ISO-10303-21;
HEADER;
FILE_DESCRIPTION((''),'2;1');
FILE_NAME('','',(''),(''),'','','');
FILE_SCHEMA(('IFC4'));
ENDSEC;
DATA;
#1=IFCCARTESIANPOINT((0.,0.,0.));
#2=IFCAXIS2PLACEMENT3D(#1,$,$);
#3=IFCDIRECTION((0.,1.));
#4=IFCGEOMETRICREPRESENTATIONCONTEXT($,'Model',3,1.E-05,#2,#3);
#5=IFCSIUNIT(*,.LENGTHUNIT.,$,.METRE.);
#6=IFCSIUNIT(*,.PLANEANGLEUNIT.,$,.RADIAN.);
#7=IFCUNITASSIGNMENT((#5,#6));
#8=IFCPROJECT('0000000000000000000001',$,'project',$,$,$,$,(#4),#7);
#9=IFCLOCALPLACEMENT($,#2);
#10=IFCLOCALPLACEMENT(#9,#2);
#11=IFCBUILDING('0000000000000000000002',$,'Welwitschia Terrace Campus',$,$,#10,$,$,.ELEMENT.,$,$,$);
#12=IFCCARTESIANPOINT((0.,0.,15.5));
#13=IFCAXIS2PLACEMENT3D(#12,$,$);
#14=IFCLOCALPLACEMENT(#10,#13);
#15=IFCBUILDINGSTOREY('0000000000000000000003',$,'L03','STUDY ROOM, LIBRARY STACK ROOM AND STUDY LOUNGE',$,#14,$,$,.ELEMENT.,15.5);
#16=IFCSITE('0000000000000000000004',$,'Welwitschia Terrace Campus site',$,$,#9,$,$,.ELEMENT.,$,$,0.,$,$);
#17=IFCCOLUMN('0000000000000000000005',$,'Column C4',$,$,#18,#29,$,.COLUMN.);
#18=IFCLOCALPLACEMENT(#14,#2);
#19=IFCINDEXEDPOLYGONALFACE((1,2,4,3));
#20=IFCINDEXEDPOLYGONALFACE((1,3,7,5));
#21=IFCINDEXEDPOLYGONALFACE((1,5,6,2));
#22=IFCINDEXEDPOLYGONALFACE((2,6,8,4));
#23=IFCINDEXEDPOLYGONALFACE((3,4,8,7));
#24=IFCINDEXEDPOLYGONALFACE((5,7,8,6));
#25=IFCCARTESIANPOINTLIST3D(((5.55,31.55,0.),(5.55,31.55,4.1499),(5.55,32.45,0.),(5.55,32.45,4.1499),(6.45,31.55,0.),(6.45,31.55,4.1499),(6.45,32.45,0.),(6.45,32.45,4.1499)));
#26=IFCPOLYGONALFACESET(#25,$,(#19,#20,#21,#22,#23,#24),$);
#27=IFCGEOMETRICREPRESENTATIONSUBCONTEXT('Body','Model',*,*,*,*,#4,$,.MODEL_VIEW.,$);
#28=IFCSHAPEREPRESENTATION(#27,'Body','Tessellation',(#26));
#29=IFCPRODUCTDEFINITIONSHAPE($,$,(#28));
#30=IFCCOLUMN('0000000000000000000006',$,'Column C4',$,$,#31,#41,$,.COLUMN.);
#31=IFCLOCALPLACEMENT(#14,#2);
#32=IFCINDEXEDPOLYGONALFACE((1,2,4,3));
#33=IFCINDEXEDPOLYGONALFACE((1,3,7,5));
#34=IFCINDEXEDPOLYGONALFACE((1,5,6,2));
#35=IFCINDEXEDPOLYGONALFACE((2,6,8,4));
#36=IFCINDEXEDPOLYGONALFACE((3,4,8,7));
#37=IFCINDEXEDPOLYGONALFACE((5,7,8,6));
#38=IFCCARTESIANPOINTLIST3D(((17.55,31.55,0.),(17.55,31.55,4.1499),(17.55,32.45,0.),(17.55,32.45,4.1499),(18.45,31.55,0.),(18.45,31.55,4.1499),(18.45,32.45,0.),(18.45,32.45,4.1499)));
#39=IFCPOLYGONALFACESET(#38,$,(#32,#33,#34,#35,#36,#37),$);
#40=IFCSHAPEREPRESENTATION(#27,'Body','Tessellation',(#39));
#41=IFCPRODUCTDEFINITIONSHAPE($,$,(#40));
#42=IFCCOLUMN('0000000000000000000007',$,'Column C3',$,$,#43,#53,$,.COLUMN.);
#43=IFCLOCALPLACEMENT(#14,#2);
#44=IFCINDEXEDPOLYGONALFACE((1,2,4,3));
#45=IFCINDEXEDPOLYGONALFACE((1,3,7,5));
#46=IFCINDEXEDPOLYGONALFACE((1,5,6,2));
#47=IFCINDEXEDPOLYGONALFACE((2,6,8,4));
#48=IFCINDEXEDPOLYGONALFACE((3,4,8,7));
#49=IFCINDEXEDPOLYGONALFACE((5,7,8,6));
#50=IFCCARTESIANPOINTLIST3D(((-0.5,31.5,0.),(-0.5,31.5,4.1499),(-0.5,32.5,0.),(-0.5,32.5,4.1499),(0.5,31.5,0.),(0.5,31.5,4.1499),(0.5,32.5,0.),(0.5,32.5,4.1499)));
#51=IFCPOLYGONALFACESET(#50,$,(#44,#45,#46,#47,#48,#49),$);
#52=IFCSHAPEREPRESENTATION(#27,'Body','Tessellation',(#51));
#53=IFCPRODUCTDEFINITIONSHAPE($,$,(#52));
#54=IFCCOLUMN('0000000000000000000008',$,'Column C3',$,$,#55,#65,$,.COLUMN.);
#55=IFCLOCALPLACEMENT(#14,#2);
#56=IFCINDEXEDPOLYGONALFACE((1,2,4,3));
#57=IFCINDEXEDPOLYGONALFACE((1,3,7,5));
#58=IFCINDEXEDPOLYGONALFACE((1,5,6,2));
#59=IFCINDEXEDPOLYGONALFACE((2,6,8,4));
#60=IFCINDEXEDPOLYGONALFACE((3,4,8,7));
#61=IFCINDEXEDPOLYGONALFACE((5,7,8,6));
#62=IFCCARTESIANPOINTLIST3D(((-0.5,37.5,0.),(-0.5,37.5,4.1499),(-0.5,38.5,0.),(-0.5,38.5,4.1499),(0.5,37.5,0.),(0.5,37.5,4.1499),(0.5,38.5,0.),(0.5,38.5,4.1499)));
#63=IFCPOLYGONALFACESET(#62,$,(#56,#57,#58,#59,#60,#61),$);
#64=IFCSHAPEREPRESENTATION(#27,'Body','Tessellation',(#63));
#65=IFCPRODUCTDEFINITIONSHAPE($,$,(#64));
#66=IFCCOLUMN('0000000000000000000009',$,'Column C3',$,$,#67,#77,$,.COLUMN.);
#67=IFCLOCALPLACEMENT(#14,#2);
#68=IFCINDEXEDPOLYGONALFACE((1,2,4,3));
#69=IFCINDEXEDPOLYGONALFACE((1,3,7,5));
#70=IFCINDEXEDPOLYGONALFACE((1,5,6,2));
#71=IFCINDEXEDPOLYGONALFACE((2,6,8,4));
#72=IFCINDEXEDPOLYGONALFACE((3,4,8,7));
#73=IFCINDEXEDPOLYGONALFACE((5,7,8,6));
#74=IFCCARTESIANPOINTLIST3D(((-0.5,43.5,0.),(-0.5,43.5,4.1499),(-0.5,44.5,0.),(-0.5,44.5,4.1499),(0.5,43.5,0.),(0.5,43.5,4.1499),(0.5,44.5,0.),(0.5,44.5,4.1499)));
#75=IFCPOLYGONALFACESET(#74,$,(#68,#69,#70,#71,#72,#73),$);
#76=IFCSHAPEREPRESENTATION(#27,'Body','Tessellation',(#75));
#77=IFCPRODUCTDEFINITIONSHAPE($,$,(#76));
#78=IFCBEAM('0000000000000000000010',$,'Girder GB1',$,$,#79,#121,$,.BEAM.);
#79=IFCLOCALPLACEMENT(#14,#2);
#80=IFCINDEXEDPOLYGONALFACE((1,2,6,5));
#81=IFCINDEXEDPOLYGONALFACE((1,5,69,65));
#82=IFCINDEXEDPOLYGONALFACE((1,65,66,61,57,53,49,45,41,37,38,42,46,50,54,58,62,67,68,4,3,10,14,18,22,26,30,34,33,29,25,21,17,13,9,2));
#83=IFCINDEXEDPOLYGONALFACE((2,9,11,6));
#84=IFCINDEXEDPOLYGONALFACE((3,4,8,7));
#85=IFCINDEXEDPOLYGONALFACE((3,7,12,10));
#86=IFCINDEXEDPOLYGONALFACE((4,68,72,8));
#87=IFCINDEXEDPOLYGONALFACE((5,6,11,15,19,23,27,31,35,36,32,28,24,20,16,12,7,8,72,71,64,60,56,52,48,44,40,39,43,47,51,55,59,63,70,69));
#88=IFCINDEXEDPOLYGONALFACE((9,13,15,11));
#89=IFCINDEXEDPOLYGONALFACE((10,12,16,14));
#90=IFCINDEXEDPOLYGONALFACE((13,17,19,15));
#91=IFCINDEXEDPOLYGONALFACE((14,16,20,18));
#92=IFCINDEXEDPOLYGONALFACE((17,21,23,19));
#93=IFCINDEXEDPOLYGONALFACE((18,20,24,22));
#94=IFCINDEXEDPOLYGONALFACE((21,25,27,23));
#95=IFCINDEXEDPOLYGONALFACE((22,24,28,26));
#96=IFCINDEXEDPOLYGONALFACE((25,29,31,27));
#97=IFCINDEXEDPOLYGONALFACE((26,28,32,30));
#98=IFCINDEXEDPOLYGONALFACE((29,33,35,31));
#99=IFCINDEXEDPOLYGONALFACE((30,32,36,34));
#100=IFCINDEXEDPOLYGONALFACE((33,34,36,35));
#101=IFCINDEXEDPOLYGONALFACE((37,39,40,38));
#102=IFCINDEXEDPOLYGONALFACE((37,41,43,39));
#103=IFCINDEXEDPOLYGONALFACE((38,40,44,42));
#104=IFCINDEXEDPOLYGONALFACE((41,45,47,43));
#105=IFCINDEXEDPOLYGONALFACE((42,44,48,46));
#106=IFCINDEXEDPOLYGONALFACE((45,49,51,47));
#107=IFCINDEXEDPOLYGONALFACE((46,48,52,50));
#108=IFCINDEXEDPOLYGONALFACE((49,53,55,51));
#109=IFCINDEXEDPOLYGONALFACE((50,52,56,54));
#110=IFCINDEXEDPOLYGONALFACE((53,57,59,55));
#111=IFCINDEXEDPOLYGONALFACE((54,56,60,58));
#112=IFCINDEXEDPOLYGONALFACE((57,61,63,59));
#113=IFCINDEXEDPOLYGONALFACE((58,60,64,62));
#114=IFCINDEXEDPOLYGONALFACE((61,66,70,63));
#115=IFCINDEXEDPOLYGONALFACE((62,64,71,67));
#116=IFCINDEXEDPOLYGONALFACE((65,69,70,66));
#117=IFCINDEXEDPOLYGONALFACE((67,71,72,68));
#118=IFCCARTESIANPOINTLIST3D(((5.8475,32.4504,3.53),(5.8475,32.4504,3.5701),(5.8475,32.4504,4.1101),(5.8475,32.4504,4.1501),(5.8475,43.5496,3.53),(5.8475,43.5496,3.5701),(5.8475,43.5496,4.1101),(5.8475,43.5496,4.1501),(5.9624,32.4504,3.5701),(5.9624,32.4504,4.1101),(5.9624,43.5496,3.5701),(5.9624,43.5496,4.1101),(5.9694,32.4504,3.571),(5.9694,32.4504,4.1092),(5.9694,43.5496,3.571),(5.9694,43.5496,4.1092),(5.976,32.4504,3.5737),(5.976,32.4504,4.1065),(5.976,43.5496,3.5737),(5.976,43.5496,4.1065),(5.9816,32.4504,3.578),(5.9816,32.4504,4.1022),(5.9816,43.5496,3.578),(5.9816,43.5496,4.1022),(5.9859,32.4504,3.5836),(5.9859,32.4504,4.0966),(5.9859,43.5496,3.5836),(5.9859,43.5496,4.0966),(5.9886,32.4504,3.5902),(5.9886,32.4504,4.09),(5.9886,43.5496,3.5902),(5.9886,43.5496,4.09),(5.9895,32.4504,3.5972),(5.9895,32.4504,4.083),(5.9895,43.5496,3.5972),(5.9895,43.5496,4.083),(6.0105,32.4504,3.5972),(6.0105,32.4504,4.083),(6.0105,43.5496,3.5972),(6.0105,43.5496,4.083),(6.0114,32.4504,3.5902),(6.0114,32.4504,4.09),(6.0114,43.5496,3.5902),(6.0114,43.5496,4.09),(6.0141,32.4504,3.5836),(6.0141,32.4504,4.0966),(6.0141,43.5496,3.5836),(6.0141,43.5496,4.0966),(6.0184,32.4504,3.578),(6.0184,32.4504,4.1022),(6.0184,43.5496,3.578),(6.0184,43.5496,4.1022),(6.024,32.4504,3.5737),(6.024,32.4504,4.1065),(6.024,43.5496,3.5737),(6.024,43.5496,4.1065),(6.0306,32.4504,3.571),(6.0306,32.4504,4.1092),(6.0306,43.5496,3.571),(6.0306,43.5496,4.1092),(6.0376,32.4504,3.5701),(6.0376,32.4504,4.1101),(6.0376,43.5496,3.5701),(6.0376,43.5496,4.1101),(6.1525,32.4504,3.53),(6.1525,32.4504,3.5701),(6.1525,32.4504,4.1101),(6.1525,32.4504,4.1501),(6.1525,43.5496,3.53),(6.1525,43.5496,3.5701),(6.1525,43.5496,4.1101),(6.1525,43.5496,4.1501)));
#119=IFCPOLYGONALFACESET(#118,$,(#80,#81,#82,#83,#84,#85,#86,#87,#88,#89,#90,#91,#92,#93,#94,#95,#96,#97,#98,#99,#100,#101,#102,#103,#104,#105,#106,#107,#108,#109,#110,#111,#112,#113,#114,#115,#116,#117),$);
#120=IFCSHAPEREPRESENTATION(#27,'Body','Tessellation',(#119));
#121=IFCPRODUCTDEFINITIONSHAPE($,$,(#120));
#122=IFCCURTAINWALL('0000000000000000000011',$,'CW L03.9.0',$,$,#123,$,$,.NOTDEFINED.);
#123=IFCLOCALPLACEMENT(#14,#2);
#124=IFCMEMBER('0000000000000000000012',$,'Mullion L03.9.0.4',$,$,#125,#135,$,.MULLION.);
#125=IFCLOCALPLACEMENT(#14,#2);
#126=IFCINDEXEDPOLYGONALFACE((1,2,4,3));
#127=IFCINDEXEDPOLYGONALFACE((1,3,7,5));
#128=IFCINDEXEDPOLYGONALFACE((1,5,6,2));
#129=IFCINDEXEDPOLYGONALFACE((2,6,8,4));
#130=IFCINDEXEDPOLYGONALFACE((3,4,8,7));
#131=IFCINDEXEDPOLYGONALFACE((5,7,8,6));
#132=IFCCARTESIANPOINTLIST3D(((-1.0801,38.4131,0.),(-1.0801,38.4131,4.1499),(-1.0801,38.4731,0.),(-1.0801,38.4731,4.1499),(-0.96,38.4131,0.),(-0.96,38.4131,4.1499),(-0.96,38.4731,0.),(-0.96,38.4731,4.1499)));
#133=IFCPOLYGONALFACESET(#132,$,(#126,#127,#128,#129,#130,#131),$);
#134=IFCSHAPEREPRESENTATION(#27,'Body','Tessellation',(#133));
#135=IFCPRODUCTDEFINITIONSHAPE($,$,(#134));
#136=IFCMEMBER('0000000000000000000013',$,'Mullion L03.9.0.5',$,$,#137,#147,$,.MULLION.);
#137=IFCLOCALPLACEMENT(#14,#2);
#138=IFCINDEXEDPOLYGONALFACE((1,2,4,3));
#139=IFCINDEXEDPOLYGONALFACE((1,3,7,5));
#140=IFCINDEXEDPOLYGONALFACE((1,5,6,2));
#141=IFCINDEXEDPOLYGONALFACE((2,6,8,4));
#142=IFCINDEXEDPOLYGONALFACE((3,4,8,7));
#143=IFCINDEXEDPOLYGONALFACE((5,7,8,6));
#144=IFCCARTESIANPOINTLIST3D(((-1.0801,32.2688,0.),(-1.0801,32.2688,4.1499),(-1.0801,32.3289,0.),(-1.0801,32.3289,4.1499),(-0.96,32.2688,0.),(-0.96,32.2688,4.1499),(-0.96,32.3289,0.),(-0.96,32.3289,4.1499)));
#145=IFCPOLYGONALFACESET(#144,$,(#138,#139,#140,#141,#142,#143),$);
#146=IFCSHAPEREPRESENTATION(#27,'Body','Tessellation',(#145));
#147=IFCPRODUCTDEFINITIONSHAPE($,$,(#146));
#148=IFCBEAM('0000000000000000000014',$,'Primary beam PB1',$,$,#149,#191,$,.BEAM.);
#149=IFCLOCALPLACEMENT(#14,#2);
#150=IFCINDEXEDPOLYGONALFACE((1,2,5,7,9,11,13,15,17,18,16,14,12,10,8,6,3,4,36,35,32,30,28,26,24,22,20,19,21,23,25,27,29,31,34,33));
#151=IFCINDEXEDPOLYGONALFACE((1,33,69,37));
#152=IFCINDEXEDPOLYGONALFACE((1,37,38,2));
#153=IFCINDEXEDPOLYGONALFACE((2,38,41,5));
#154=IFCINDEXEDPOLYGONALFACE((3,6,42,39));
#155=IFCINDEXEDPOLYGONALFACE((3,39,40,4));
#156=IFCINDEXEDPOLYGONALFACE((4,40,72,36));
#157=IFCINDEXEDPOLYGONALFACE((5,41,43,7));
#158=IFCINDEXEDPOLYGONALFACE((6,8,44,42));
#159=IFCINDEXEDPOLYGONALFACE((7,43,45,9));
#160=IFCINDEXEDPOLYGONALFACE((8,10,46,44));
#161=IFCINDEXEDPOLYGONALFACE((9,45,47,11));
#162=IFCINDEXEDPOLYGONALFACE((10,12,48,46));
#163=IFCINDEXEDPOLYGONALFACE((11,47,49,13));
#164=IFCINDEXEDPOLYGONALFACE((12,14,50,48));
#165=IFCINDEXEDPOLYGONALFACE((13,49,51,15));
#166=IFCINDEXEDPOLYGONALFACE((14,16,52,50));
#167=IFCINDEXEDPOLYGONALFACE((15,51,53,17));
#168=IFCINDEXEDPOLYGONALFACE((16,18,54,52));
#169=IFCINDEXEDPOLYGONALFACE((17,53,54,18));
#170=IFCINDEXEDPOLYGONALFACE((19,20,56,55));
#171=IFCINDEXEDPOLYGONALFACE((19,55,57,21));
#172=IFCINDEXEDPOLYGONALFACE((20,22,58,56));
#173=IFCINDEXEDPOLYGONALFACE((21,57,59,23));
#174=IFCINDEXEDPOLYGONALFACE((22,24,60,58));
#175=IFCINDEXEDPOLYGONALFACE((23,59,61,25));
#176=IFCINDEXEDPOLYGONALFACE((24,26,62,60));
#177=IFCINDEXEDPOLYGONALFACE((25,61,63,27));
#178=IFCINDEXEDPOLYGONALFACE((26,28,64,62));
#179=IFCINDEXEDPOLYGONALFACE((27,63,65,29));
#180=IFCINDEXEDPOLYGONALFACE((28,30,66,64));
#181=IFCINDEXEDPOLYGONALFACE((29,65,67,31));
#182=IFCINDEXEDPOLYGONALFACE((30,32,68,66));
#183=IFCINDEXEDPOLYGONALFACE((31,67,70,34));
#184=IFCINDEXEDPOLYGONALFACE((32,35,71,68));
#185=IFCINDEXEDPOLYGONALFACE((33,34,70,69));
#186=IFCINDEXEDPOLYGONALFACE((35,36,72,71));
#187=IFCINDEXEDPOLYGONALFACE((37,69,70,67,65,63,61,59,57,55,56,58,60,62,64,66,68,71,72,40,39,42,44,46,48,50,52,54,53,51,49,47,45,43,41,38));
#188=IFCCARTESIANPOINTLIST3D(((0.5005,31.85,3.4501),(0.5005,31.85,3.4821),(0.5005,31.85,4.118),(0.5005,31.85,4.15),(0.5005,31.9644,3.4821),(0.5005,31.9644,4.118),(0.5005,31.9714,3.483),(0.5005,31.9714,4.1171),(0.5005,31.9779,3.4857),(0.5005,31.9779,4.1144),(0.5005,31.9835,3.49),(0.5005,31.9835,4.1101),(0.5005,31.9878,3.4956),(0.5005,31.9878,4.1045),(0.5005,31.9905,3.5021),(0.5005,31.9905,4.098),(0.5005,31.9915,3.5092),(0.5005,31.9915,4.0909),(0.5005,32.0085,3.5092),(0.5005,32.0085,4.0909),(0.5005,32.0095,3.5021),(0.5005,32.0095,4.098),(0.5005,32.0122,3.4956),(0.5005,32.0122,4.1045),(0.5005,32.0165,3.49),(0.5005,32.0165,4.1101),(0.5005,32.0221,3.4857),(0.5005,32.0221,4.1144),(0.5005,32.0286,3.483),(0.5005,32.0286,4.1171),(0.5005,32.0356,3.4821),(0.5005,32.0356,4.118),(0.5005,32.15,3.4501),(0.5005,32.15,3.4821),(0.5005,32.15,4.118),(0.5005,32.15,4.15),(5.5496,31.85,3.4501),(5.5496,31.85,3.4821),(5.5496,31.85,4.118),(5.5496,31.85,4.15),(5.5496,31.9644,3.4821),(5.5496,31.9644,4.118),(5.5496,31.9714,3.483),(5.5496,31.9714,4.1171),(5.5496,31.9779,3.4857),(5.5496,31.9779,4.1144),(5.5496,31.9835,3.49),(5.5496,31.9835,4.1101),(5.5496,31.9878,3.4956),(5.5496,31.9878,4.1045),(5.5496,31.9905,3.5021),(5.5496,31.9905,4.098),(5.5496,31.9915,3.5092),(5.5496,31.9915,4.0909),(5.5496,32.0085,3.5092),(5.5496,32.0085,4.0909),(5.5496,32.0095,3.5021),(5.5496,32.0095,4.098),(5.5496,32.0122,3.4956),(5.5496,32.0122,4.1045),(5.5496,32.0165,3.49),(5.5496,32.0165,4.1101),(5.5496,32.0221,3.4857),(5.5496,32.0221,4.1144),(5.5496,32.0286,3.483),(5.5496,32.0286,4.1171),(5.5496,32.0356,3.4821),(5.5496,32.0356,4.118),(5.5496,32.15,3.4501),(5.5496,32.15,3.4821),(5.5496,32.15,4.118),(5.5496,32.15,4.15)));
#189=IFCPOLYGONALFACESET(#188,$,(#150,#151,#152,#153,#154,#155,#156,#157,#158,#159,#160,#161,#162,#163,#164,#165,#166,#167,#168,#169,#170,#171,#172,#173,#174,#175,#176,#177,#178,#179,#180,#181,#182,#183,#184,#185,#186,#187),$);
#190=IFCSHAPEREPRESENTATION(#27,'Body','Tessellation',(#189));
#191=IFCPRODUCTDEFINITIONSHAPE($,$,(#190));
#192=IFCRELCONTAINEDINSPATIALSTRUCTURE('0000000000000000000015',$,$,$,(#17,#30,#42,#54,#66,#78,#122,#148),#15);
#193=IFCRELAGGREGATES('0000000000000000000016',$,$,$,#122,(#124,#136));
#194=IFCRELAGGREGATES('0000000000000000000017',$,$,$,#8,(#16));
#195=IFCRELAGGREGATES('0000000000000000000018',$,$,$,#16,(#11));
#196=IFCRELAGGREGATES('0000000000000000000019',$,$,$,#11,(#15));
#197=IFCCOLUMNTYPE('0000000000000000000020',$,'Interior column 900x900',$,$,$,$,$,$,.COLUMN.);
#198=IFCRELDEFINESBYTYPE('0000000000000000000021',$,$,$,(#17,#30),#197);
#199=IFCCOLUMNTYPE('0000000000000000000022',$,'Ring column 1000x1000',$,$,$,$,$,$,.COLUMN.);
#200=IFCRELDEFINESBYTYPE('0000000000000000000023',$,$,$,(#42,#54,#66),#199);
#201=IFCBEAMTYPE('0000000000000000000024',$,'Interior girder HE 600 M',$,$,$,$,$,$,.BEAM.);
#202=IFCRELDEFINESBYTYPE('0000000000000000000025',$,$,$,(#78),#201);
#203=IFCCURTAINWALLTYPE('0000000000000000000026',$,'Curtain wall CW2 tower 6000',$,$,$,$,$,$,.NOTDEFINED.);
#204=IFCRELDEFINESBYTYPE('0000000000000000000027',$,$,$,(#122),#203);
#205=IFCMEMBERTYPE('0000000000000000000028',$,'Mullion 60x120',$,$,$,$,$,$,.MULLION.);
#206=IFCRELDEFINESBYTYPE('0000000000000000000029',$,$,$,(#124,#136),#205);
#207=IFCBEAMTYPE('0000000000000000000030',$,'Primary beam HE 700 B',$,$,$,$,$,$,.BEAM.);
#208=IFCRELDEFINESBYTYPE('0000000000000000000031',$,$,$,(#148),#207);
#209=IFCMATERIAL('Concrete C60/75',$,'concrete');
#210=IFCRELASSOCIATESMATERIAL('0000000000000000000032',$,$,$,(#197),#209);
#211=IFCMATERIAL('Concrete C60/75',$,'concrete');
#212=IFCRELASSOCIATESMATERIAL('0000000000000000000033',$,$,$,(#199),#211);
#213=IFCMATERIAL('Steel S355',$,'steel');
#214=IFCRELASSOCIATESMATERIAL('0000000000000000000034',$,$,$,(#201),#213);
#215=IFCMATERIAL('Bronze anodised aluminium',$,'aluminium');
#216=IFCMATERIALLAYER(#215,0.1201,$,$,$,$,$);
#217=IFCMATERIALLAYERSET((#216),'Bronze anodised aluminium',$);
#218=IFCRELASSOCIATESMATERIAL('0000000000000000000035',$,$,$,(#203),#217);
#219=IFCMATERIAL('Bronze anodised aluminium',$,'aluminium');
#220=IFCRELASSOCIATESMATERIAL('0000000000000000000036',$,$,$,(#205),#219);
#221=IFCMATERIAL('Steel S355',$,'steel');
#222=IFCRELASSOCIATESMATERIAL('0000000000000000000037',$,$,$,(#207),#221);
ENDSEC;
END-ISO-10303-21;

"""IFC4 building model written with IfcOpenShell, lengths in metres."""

from ifc_helpers import new_model, si_unit, direction, frame, origin, origin_2d, place, context, subcontext, project, spatial, rectangle, i_section, extrude, material, layer, layer_set, material_profile, profile_set, type_object, element, aggregate, save


model = new_model("IFC4")

# Units and contexts
model_context = context("Model", 3, precision=1e-05, world=origin(), true_north=direction((0.0, 1.0)))
body_context = subcontext(model_context, "Body", "Model", "MODEL_VIEW")
ifc_project = project(units=[si_unit("LENGTHUNIT", "METRE"), si_unit("PLANEANGLEUNIT", "RADIAN")], contexts=[model_context])

# Site, building, storey
site_placement = place(None, origin())
site = spatial("IfcSite", under=ifc_project, at=site_placement, Name="Welwitschia Terrace Campus site", CompositionType="ELEMENT", RefElevation=0.0)
building_placement = place(site_placement, origin())
building = spatial("IfcBuilding", under=site, at=building_placement, Name="Welwitschia Terrace Campus", CompositionType="ELEMENT")
storey_placement = place(building_placement, frame((0.0, 0.0, 15.5)))
storey = spatial("IfcBuildingStorey", under=building, at=storey_placement, Name="L03", Description="STUDY ROOM, LIBRARY STACK ROOM AND STUDY LOUNGE", CompositionType="ELEMENT", Elevation=15.5)

# Columns
ifc_material_1 = material(Name="Concrete C60/75", Category="concrete")
ifc_material_profile_1 = material_profile(ifc_material_1, rectangle(XDim=0.8999, YDim=0.8999, at=origin_2d()))
ifc_profile_set_1 = profile_set([ifc_material_profile_1], Name="Concrete C60/75")
column_type_1 = type_object("IfcColumnType", Name="Interior column 900x900", PredefinedType="COLUMN", material=ifc_profile_set_1)
for number, where, z_axis, x_axis, name in (
    (1, (6.0, 32.0, 0.0), (0.0, 0.0, 1.0), (1.0, 0.0, 0.0), "Column C4"),
    (2, (18.0, 32.0, 0.0), (0.0, 0.0, 1.0), (1.0, 0.0, 0.0), "Column C4"),
):
    element("IfcColumn", number, at=place(storey_placement, frame(where, z_axis=z_axis, x_axis=x_axis)), inside=storey, type_object=column_type_1, Name=name, PredefinedType="COLUMN", context=body_context, shape_type="SweptSolid", body=[
        extrude(rectangle(XDim=0.8999, YDim=0.8999, at=origin_2d()), origin(), (0.0, 0.0, 1.0), 4.1499),
    ])
ifc_material_2 = material(Name="Concrete C60/75", Category="concrete")
ifc_material_profile_2 = material_profile(ifc_material_2, rectangle(XDim=1.0, YDim=1.0, at=origin_2d()))
ifc_profile_set_2 = profile_set([ifc_material_profile_2], Name="Concrete C60/75")
column_type_2 = type_object("IfcColumnType", Name="Ring column 1000x1000", PredefinedType="COLUMN", material=ifc_profile_set_2)
for number, where, z_axis, x_axis, name in (
    (3, (0.0, 32.0, 0.0), (0.0, 0.0, 1.0), (1.0, 0.0, 0.0), "Column C3"),
    (4, (0.0, 38.0, 0.0), (0.0, 0.0, 1.0), (1.0, 0.0, 0.0), "Column C3"),
    (5, (0.0, 44.0, 0.0), (0.0, 0.0, 1.0), (1.0, 0.0, 0.0), "Column C3"),
):
    element("IfcColumn", number, at=place(storey_placement, frame(where, z_axis=z_axis, x_axis=x_axis)), inside=storey, type_object=column_type_2, Name=name, PredefinedType="COLUMN", context=body_context, shape_type="SweptSolid", body=[
        extrude(rectangle(XDim=1.0, YDim=1.0, at=origin_2d()), origin(), (0.0, 0.0, 1.0), 4.1499),
    ])

# Beam
ifc_material_3 = material(Name="Steel S355", Category="steel")
ifc_material_profile_3 = material_profile(ifc_material_3, i_section(OverallWidth=0.3049, OverallDepth=0.6201, WebThickness=0.021, FlangeThickness=0.04, FilletRadius=0.0271, at=origin_2d()))
ifc_profile_set_3 = profile_set([ifc_material_profile_3], Name="Steel S355")
beam_type_1 = type_object("IfcBeamType", Name="Interior girder HE 600 M", PredefinedType="BEAM", material=ifc_profile_set_3)
beam_1_placement = place(storey_placement, frame((6.0, 32.4504, 3.8401), z_axis=(0.0, 1.0, 0.0), x_axis=(-1.0, 0.0, 0.0)))
element("IfcBeam", 6, at=beam_1_placement, inside=storey, type_object=beam_type_1, Name="Girder GB1", PredefinedType="BEAM", context=body_context, shape_type="SweptSolid", body=[
    extrude(i_section(OverallWidth=0.3049, OverallDepth=0.6201, WebThickness=0.021, FlangeThickness=0.04, FilletRadius=0.0271, at=origin_2d()), origin(), (0.0, 0.0, 1.0), 11.0991),
])

# Curtain wall, members
ifc_material_4 = material(Name="Bronze anodised aluminium", Category="aluminium")
ifc_layer_1 = layer(ifc_material_4, 0.1201)
ifc_layer_set_1 = layer_set([ifc_layer_1], Name="Bronze anodised aluminium")
curtain_wall_type = type_object("IfcCurtainWallType", Name="Curtain wall CW2 tower 6000", PredefinedType="NOTDEFINED", material=ifc_layer_set_1)
curtain_wall_placement = place(storey_placement, origin())
curtain_wall = element("IfcCurtainWall", 7, at=curtain_wall_placement, inside=storey, type_object=curtain_wall_type, Name="CW L03.9.0", PredefinedType="NOTDEFINED")
ifc_material_5 = material(Name="Bronze anodised aluminium", Category="aluminium")
ifc_material_profile_4 = material_profile(ifc_material_5, rectangle(XDim=0.1201, YDim=0.0601, at=origin_2d()))
ifc_profile_set_4 = profile_set([ifc_material_profile_4], Name="Bronze anodised aluminium")
member_type = type_object("IfcMemberType", Name="Mullion 60x120", PredefinedType="MULLION", material=ifc_profile_set_4)
member_1_placement = place(storey_placement, frame((-1.02, 38.4431, 0.0), z_axis=(0.0, 0.0, 1.0), x_axis=(1.0, 0.0, 0.0)))
member_1 = element("IfcMember", 8, at=member_1_placement, type_object=member_type, Name="Mullion L03.9.0.4", PredefinedType="MULLION", context=body_context, shape_type="SweptSolid", body=[
    extrude(rectangle(XDim=0.1201, YDim=0.0601, at=origin_2d()), origin(), (0.0, 0.0, 1.0), 4.1499),
])
member_2_placement = place(storey_placement, frame((-1.02, 32.2988, 0.0), z_axis=(0.0, 0.0, 1.0), x_axis=(1.0, 0.0, 0.0)))
member_2 = element("IfcMember", 9, at=member_2_placement, type_object=member_type, Name="Mullion L03.9.0.5", PredefinedType="MULLION", context=body_context, shape_type="SweptSolid", body=[
    extrude(rectangle(XDim=0.1201, YDim=0.0601, at=origin_2d()), origin(), (0.0, 0.0, 1.0), 4.1499),
])

# Beam
ifc_material_6 = material(Name="Steel S355", Category="steel")
ifc_material_profile_5 = material_profile(ifc_material_6, i_section(OverallWidth=0.3, OverallDepth=0.7, WebThickness=0.0171, FlangeThickness=0.032, FilletRadius=0.0271, at=origin_2d()))
ifc_profile_set_5 = profile_set([ifc_material_profile_5], Name="Steel S355")
beam_type_2 = type_object("IfcBeamType", Name="Primary beam HE 700 B", PredefinedType="BEAM", material=ifc_profile_set_5)
beam_2_placement = place(storey_placement, frame((0.5005, 32.0, 3.8), z_axis=(1.0, 0.0, 0.0), x_axis=(0.0, 1.0, 0.0)))
element("IfcBeam", 10, at=beam_2_placement, inside=storey, type_object=beam_type_2, Name="Primary beam PB1", PredefinedType="BEAM", context=body_context, shape_type="SweptSolid", body=[
    extrude(i_section(OverallWidth=0.3, OverallDepth=0.7, WebThickness=0.0171, FlangeThickness=0.032, FilletRadius=0.0271, at=origin_2d()), origin(), (0.0, 0.0, 1.0), 5.0491),
])

aggregate(curtain_wall, [member_1, member_2])

save(model, "model.ifc")
